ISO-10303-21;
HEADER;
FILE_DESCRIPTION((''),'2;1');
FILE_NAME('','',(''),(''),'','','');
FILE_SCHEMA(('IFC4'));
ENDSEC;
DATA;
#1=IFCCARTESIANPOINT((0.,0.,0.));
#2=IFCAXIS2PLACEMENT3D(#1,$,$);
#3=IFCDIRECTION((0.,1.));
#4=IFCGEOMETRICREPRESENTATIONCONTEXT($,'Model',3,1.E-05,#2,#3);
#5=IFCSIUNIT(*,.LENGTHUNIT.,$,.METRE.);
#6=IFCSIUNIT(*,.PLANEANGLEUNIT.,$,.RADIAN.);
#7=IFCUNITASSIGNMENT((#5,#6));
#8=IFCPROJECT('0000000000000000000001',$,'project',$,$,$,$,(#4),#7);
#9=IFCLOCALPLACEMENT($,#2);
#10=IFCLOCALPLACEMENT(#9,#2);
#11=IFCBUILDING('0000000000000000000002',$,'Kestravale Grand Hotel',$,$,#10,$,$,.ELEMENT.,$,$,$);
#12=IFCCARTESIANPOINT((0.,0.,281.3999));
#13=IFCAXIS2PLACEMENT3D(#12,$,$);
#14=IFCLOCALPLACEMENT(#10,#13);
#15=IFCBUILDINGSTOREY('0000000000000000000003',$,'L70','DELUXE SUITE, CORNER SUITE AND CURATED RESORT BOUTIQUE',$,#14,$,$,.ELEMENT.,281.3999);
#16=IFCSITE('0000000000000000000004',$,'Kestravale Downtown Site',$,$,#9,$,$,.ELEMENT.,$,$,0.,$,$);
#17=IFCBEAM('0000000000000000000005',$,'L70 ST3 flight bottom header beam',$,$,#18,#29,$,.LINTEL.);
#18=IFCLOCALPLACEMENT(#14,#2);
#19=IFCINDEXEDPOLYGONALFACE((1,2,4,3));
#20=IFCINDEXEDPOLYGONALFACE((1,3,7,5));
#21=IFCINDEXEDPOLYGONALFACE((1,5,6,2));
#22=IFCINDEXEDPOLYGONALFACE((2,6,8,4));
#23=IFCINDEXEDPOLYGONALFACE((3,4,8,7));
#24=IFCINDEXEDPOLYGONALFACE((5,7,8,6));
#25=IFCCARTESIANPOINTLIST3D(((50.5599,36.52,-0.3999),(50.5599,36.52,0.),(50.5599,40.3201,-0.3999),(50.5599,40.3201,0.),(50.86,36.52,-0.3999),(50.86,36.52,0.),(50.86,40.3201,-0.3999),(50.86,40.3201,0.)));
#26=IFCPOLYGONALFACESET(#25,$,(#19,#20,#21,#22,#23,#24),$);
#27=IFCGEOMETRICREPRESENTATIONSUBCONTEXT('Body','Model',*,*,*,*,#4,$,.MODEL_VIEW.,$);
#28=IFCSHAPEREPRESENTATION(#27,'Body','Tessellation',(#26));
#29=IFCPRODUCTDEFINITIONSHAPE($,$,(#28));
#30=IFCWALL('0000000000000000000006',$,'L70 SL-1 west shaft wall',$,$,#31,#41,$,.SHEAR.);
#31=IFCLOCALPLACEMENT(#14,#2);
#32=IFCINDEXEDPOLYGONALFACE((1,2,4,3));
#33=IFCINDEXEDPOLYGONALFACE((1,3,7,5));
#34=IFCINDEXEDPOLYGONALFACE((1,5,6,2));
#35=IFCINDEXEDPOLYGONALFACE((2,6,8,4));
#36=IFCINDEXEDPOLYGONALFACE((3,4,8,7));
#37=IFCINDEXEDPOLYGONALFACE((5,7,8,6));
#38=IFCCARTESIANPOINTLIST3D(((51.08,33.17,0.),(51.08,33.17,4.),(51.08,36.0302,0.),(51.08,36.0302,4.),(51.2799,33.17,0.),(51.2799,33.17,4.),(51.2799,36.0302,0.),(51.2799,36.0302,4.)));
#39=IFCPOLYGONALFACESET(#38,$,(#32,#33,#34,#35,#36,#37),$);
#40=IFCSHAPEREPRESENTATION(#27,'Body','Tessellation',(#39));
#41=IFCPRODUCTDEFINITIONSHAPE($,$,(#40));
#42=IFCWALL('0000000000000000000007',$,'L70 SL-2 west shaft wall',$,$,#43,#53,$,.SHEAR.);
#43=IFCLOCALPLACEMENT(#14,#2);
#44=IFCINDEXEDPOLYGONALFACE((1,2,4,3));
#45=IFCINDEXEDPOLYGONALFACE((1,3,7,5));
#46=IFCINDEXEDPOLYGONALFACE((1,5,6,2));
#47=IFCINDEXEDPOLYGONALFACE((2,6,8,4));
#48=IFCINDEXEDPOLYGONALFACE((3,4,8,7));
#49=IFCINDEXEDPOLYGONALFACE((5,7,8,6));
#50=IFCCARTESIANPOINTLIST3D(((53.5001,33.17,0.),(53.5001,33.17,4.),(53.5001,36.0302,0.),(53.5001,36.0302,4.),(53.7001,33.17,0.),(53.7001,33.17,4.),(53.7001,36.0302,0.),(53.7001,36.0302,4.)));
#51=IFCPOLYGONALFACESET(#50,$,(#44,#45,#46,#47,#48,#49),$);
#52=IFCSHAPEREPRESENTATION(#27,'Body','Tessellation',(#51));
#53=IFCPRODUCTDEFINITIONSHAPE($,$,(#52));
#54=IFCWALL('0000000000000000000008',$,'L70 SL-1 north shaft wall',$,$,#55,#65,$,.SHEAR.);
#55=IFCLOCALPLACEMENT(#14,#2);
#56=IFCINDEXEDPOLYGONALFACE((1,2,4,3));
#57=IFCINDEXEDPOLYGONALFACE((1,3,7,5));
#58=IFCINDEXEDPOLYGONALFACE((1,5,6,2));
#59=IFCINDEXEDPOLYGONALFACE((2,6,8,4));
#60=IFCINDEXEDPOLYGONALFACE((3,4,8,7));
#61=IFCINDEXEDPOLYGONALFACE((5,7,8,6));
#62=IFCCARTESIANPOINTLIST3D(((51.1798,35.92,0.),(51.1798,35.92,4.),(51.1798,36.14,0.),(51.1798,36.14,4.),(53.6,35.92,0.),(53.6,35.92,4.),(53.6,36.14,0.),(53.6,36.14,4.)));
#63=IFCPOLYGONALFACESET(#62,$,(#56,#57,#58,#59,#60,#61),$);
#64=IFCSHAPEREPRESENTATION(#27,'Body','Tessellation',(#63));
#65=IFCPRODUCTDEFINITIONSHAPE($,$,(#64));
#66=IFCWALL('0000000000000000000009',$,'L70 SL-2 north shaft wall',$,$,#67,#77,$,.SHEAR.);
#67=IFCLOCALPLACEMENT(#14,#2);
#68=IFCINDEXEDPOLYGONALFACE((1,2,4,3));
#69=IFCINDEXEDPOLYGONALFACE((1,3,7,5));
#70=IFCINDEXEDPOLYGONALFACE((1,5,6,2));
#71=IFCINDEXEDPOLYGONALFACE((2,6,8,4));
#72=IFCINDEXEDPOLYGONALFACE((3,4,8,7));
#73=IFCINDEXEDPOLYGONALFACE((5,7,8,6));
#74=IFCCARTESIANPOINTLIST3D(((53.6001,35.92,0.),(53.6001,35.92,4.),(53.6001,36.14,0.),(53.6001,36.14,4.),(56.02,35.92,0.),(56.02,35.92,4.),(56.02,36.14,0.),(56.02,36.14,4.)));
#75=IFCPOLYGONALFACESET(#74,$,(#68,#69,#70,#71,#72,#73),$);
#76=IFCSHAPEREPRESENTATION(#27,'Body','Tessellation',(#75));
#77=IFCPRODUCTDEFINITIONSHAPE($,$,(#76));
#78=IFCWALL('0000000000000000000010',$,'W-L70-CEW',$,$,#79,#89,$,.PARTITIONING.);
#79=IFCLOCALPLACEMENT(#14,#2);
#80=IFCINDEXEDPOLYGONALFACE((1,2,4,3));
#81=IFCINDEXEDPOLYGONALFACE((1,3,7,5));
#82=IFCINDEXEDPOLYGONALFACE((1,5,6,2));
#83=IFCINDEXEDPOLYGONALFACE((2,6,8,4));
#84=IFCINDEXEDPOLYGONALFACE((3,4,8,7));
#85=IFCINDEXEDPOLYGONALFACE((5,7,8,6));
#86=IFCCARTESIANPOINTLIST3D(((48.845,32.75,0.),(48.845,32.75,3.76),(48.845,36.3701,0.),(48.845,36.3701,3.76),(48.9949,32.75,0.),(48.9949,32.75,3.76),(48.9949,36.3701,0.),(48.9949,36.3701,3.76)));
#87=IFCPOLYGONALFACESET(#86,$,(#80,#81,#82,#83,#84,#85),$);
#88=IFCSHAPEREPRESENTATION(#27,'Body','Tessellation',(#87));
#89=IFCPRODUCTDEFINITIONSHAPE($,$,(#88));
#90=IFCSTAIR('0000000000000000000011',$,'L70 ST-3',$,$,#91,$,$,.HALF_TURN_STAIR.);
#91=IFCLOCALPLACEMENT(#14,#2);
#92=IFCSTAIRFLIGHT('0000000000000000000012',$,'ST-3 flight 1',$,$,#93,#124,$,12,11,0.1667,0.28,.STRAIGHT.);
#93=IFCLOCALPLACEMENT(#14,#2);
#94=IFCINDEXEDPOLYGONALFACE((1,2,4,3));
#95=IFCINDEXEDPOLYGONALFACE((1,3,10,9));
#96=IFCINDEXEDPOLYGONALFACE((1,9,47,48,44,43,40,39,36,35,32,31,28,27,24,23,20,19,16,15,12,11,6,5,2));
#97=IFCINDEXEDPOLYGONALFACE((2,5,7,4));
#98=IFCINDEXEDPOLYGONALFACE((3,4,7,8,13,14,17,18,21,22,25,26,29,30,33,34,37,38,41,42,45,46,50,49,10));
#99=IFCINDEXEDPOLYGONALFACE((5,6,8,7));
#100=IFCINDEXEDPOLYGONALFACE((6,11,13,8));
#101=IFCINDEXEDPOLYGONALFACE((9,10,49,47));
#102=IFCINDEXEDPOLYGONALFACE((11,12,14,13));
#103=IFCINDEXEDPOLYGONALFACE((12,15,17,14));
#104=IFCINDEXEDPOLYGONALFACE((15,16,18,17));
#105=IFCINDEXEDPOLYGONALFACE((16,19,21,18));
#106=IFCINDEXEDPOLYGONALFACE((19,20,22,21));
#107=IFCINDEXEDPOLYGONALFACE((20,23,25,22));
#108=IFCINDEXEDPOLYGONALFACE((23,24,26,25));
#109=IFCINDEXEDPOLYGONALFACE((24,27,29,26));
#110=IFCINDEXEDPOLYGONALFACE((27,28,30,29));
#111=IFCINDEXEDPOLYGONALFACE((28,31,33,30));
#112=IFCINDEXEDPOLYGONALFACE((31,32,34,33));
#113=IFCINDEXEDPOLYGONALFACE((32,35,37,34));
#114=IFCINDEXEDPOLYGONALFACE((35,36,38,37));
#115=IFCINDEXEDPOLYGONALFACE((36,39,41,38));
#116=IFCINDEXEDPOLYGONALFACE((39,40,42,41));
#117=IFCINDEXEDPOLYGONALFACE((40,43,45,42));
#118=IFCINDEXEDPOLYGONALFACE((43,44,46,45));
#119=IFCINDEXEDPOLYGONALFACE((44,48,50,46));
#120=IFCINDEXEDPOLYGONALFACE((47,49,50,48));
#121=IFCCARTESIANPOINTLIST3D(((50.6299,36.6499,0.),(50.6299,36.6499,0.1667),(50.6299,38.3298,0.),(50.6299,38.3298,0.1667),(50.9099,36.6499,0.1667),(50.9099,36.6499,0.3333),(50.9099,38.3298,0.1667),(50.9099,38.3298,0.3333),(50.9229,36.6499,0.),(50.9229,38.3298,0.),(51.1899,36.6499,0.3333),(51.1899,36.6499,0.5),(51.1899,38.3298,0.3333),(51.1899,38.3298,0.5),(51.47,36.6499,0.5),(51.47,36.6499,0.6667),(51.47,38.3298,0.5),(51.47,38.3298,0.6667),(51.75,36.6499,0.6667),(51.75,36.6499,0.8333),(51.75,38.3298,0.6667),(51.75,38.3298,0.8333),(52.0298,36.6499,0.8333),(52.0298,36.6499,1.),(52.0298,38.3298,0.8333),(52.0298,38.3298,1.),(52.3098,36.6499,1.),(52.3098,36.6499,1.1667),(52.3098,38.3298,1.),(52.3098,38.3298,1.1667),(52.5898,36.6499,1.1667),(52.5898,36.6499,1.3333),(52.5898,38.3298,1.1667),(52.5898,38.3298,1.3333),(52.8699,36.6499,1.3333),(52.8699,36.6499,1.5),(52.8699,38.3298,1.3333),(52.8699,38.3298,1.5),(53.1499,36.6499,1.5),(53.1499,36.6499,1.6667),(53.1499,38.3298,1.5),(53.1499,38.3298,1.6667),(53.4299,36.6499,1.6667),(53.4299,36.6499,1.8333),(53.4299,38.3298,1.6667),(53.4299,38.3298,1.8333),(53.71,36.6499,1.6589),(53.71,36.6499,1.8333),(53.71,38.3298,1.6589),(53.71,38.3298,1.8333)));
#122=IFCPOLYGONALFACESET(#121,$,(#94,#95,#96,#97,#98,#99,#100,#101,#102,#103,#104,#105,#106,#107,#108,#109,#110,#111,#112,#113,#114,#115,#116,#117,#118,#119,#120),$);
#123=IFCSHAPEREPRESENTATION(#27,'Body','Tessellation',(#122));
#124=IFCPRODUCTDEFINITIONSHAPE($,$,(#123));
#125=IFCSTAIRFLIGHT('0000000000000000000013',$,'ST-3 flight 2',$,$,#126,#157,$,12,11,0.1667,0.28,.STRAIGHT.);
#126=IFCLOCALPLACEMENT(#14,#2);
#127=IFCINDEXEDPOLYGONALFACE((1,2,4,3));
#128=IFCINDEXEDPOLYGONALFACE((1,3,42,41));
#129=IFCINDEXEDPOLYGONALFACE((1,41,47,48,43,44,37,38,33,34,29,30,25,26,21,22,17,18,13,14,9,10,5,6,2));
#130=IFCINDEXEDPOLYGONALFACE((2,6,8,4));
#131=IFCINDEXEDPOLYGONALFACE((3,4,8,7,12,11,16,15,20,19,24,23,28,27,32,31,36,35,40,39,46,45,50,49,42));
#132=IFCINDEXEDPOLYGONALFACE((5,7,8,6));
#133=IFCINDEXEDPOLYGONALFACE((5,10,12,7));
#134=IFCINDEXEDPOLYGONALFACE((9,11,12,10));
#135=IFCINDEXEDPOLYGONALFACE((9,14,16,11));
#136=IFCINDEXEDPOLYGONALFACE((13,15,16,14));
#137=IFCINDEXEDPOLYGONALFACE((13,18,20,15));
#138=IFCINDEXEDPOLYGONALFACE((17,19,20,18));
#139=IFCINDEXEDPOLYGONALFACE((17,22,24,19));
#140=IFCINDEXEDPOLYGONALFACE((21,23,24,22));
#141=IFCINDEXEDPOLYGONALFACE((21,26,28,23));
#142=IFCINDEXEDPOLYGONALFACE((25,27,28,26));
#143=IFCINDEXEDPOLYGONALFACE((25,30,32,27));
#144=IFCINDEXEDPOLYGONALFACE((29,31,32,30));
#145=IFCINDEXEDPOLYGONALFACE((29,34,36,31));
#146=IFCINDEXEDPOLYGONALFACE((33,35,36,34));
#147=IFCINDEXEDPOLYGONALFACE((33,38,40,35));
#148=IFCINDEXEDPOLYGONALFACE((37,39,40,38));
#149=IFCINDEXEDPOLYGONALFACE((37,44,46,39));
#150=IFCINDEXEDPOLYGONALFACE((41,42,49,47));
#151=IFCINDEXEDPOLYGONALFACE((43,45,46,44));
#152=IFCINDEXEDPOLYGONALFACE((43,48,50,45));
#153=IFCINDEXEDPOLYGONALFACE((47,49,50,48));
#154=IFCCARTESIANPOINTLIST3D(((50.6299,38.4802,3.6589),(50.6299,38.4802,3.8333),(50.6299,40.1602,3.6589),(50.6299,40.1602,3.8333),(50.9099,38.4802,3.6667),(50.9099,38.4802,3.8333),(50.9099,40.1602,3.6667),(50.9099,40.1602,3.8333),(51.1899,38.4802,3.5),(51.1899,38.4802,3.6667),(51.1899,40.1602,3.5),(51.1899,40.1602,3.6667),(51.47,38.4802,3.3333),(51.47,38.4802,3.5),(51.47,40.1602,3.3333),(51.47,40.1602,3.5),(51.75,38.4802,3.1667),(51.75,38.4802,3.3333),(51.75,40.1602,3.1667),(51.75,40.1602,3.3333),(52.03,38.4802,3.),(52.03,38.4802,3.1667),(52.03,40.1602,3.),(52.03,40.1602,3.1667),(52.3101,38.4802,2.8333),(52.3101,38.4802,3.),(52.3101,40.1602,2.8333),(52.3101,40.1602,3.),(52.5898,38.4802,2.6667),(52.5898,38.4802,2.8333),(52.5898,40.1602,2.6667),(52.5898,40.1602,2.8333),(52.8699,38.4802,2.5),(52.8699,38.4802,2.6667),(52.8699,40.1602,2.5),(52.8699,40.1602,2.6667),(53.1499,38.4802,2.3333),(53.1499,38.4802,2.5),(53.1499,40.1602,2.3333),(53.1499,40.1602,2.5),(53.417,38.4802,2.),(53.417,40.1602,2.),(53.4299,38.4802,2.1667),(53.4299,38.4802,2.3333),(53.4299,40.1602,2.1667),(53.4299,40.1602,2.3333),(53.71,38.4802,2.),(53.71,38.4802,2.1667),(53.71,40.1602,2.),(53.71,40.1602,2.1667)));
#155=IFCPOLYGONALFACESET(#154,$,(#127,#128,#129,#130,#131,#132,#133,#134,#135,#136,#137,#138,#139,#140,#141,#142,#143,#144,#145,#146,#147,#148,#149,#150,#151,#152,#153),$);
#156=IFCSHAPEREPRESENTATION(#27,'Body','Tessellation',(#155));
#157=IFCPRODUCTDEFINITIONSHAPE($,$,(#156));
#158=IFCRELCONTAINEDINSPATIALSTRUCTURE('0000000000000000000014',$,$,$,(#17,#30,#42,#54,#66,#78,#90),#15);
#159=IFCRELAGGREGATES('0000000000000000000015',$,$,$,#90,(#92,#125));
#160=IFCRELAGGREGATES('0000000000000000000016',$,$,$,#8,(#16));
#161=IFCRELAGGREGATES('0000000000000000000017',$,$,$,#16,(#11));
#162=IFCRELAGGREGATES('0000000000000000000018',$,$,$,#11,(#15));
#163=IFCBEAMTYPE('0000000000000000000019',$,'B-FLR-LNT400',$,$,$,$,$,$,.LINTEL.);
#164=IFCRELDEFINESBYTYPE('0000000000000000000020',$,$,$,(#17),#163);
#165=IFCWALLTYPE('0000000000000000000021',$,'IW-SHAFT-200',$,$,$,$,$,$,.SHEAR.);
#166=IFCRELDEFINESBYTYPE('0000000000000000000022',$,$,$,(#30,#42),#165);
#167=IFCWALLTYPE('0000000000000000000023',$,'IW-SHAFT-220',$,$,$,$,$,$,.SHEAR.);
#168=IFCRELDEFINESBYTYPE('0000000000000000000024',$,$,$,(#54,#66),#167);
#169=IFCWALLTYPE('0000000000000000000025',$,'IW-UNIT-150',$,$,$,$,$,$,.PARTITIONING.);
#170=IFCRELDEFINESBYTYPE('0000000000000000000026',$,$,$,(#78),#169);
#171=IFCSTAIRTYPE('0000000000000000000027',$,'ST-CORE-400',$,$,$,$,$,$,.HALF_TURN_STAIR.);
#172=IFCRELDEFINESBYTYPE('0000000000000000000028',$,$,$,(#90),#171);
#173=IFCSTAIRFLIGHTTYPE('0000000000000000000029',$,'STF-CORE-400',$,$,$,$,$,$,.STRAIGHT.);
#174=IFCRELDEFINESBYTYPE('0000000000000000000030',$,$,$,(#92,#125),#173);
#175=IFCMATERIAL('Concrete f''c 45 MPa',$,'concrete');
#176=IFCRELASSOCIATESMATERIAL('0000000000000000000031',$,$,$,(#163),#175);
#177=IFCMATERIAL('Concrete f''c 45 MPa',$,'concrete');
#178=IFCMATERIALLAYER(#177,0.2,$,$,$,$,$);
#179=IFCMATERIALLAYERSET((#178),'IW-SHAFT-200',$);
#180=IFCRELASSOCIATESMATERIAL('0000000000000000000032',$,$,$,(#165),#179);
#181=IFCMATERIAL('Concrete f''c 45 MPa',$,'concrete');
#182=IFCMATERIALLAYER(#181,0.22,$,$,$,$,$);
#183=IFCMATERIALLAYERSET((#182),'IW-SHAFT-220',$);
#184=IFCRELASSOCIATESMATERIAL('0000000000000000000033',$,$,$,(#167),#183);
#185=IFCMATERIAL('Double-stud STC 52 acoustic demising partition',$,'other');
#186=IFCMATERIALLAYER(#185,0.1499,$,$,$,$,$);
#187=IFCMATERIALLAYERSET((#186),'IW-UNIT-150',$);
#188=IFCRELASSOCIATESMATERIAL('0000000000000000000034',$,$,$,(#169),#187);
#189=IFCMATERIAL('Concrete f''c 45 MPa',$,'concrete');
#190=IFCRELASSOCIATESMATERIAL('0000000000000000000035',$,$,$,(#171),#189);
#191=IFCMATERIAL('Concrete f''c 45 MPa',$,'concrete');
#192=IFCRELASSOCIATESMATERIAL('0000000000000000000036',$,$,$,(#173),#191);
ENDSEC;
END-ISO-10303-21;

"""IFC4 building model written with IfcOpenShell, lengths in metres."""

from ifc_helpers import new_model, si_unit, direction, frame, frame_2d, origin, origin_2d, place, context, subcontext, project, spatial, polyline, rectangle, outline, extrude, material, layer, layer_set, material_profile, profile_set, type_object, element, aggregate, save


model = new_model("IFC4")

# Units and contexts
model_context = context("Model", 3, precision=1e-05, world=origin(), true_north=direction((0.0, 1.0)))
body_context = subcontext(model_context, "Body", "Model", "MODEL_VIEW")
ifc_project = project(units=[si_unit("LENGTHUNIT", "METRE"), si_unit("PLANEANGLEUNIT", "RADIAN")], contexts=[model_context])

# Site, building, storey
site_placement = place(None, origin())
site = spatial("IfcSite", under=ifc_project, at=site_placement, Name="Kestravale Downtown Site", CompositionType="ELEMENT", RefElevation=0.0)
building_placement = place(site_placement, origin())
building = spatial("IfcBuilding", under=site, at=building_placement, Name="Kestravale Grand Hotel", CompositionType="ELEMENT")
storey_placement = place(building_placement, frame((0.0, 0.0, 281.3999)))
storey = spatial("IfcBuildingStorey", under=building, at=storey_placement, Name="L70", Description="DELUXE SUITE, CORNER SUITE AND CURATED RESORT BOUTIQUE", CompositionType="ELEMENT", Elevation=281.3999)

# Beam
ifc_material_1 = material(Name="Concrete f'c 45 MPa", Category="concrete")
ifc_material_profile = material_profile(ifc_material_1, rectangle(XDim=0.3, YDim=0.3999, at=origin_2d()))
ifc_profile_set = profile_set([ifc_material_profile], Name="Concrete f'c 45 MPa")
beam_type = type_object("IfcBeamType", Name="B-FLR-LNT400", PredefinedType="LINTEL", material=ifc_profile_set)
beam_placement = place(storey_placement, frame((50.71, 36.52, -0.2), z_axis=(0.0, 1.0, 0.0), x_axis=(-1.0, 0.0, 0.0)))
element("IfcBeam", 1, at=beam_placement, inside=storey, type_object=beam_type, Name="L70 ST3 flight bottom header beam", PredefinedType="LINTEL", context=body_context, shape_type="SweptSolid", body=[
    extrude(rectangle(XDim=0.3, YDim=0.3999, at=origin_2d()), origin(), (0.0, 0.0, 1.0), 3.8),
])

# Walls
ifc_material_2 = material(Name="Concrete f'c 45 MPa", Category="concrete")
ifc_layer_1 = layer(ifc_material_2, 0.2)
ifc_layer_set_1 = layer_set([ifc_layer_1], Name="IW-SHAFT-200")
wall_type_1 = type_object("IfcWallType", Name="IW-SHAFT-200", PredefinedType="SHEAR", material=ifc_layer_set_1)
for number, where, z_axis, x_axis, name in (
    (2, (51.1799, 33.1699, 0.0), (0.0, 0.0, 1.0), (0.0, 1.0, 0.0), "L70 SL-1 west shaft wall"),
    (3, (53.6001, 33.1699, 0.0), (0.0, 0.0, 1.0), (0.0, 1.0, 0.0), "L70 SL-2 west shaft wall"),
):
    element("IfcWall", number, at=place(storey_placement, frame(where, z_axis=z_axis, x_axis=x_axis)), inside=storey, type_object=wall_type_1, Name=name, PredefinedType="SHEAR", context=body_context, shape_type="SweptSolid", body=[
        extrude(rectangle(XDim=2.8601, YDim=0.2, at=frame_2d((1.4302, 0.0))), origin(), (0.0, 0.0, 1.0), 4.0),
    ])
ifc_material_3 = material(Name="Concrete f'c 45 MPa", Category="concrete")
ifc_layer_2 = layer(ifc_material_3, 0.22)
ifc_layer_set_2 = layer_set([ifc_layer_2], Name="IW-SHAFT-220")
wall_type_2 = type_object("IfcWallType", Name="IW-SHAFT-220", PredefinedType="SHEAR", material=ifc_layer_set_2)
wall_1_placement = place(storey_placement, frame((51.1799, 36.03, 0.0), z_axis=(0.0, 0.0, 1.0), x_axis=(1.0, 0.0, 0.0)))
element("IfcWall", 4, at=wall_1_placement, inside=storey, type_object=wall_type_2, Name="L70 SL-1 north shaft wall", PredefinedType="SHEAR", context=body_context, shape_type="SweptSolid", body=[
    extrude(rectangle(XDim=2.4202, YDim=0.22, at=frame_2d((1.21, 0.0))), origin(), (0.0, 0.0, 1.0), 4.0),
])

# Wall
wall_2_placement = place(storey_placement, frame((53.6001, 36.03, 0.0), z_axis=(0.0, 0.0, 1.0), x_axis=(1.0, 0.0, 0.0)))
element("IfcWall", 5, at=wall_2_placement, inside=storey, type_object=wall_type_2, Name="L70 SL-2 north shaft wall", PredefinedType="SHEAR", context=body_context, shape_type="SweptSolid", body=[
    extrude(rectangle(XDim=2.4199, YDim=0.22, at=frame_2d((1.21, 0.0))), origin(), (0.0, 0.0, 1.0), 4.0),
])

# Wall
ifc_material_4 = material(Name="Double-stud STC 52 acoustic demising partition", Category="other")
ifc_layer_3 = layer(ifc_material_4, 0.1499)
ifc_layer_set_3 = layer_set([ifc_layer_3], Name="IW-UNIT-150")
wall_type_3 = type_object("IfcWallType", Name="IW-UNIT-150", PredefinedType="PARTITIONING", material=ifc_layer_set_3)
wall_3_placement = place(storey_placement, frame((48.9199, 32.75, 0.0), z_axis=(0.0, 0.0, 1.0), x_axis=(0.0, 1.0, 0.0)))
element("IfcWall", 6, at=wall_3_placement, inside=storey, type_object=wall_type_3, Name="W-L70-CEW", PredefinedType="PARTITIONING", context=body_context, shape_type="SweptSolid", body=[
    extrude(rectangle(XDim=3.6201, YDim=0.1499, at=frame_2d((1.8101, 0.0))), origin(), (0.0, 0.0, 1.0), 3.76),
])

# Stair, stair flights
ifc_material_5 = material(Name="Concrete f'c 45 MPa", Category="concrete")
stair_type = type_object("IfcStairType", Name="ST-CORE-400", PredefinedType="HALF_TURN_STAIR", material=ifc_material_5)
stair_placement = place(storey_placement, origin())
stair = element("IfcStair", 7, at=stair_placement, inside=storey, type_object=stair_type, Name="L70 ST-3", PredefinedType="HALF_TURN_STAIR")
ifc_material_6 = material(Name="Concrete f'c 45 MPa", Category="concrete")
stair_flight_type = type_object("IfcStairFlightType", Name="STF-CORE-400", PredefinedType="STRAIGHT", material=ifc_material_6)
stair_flight_1_placement = place(storey_placement, frame((50.6299, 37.49, 0.0), z_axis=(0.0, 0.0, 1.0), x_axis=(1.0, 0.0, 0.0)))
stair_flight_1 = element("IfcStairFlight", 8, at=stair_flight_1_placement, type_object=stair_flight_type, Name="ST-3 flight 1", NumberOfRisers=12, NumberOfTreads=11, PredefinedType="STRAIGHT", RiserHeight=0.1667, TreadLength=0.28, context=body_context, shape_type="SweptSolid", body=[
    extrude(outline(polyline([(0.0, 0.0), (0.0, 0.1667), (0.28, 0.1667), (0.28, 0.3333), (0.5601, 0.3333), (0.5601, 0.5), (0.8401, 0.5), (0.8401, 0.6667), (1.1201, 0.6667), (1.1201, 0.8333), (1.3999, 0.8333), (1.3999, 1.0), (1.6799, 1.0), (1.6799, 1.1667), (1.96, 1.1667), (1.96, 1.3333), (2.24, 1.3333), (2.24, 1.5), (2.52, 1.5), (2.52, 1.6667), (2.8, 1.6667), (2.8, 1.8333), (3.0801, 1.8333), (3.0801, 2.0), (3.0801, 1.6589), (0.293, 0.0), (0.0, 0.0)])), frame((0.0, 0.8398, 0.0), z_axis=(0.0, -1.0, 0.0), x_axis=(1.0, 0.0, 0.0)), (0.0, 0.0, 1.0), 1.6799),
])
stair_flight_2_placement = place(storey_placement, frame((53.71, 39.3201, 2.0), z_axis=(0.0, 0.0, 1.0), x_axis=(-1.0, 0.0, 0.0)))
stair_flight_2 = element("IfcStairFlight", 9, at=stair_flight_2_placement, type_object=stair_flight_type, Name="ST-3 flight 2", NumberOfRisers=12, NumberOfTreads=11, PredefinedType="STRAIGHT", RiserHeight=0.1667, TreadLength=0.28, context=body_context, shape_type="SweptSolid", body=[
    extrude(outline(polyline([(0.0, 0.0), (0.0, 0.1667), (0.28, 0.1667), (0.28, 0.3333), (0.5601, 0.3333), (0.5601, 0.5), (0.8401, 0.5), (0.8401, 0.6667), (1.1201, 0.6667), (1.1201, 0.8333), (1.3999, 0.8333), (1.3999, 1.0), (1.6799, 1.0), (1.6799, 1.1667), (1.96, 1.1667), (1.96, 1.3333), (2.24, 1.3333), (2.24, 1.5), (2.52, 1.5), (2.52, 1.6667), (2.8, 1.6667), (2.8, 1.8333), (3.0801, 1.8333), (3.0801, 2.0), (3.0801, 1.6589), (0.293, 0.0), (0.0, 0.0)])), frame((0.0, 0.8398, 0.0), z_axis=(0.0, -1.0, 0.0), x_axis=(1.0, 0.0, 0.0)), (0.0, 0.0, 1.0), 1.6799),
])
aggregate(stair, [stair_flight_1, stair_flight_2])

save(model, "model.ifc")
